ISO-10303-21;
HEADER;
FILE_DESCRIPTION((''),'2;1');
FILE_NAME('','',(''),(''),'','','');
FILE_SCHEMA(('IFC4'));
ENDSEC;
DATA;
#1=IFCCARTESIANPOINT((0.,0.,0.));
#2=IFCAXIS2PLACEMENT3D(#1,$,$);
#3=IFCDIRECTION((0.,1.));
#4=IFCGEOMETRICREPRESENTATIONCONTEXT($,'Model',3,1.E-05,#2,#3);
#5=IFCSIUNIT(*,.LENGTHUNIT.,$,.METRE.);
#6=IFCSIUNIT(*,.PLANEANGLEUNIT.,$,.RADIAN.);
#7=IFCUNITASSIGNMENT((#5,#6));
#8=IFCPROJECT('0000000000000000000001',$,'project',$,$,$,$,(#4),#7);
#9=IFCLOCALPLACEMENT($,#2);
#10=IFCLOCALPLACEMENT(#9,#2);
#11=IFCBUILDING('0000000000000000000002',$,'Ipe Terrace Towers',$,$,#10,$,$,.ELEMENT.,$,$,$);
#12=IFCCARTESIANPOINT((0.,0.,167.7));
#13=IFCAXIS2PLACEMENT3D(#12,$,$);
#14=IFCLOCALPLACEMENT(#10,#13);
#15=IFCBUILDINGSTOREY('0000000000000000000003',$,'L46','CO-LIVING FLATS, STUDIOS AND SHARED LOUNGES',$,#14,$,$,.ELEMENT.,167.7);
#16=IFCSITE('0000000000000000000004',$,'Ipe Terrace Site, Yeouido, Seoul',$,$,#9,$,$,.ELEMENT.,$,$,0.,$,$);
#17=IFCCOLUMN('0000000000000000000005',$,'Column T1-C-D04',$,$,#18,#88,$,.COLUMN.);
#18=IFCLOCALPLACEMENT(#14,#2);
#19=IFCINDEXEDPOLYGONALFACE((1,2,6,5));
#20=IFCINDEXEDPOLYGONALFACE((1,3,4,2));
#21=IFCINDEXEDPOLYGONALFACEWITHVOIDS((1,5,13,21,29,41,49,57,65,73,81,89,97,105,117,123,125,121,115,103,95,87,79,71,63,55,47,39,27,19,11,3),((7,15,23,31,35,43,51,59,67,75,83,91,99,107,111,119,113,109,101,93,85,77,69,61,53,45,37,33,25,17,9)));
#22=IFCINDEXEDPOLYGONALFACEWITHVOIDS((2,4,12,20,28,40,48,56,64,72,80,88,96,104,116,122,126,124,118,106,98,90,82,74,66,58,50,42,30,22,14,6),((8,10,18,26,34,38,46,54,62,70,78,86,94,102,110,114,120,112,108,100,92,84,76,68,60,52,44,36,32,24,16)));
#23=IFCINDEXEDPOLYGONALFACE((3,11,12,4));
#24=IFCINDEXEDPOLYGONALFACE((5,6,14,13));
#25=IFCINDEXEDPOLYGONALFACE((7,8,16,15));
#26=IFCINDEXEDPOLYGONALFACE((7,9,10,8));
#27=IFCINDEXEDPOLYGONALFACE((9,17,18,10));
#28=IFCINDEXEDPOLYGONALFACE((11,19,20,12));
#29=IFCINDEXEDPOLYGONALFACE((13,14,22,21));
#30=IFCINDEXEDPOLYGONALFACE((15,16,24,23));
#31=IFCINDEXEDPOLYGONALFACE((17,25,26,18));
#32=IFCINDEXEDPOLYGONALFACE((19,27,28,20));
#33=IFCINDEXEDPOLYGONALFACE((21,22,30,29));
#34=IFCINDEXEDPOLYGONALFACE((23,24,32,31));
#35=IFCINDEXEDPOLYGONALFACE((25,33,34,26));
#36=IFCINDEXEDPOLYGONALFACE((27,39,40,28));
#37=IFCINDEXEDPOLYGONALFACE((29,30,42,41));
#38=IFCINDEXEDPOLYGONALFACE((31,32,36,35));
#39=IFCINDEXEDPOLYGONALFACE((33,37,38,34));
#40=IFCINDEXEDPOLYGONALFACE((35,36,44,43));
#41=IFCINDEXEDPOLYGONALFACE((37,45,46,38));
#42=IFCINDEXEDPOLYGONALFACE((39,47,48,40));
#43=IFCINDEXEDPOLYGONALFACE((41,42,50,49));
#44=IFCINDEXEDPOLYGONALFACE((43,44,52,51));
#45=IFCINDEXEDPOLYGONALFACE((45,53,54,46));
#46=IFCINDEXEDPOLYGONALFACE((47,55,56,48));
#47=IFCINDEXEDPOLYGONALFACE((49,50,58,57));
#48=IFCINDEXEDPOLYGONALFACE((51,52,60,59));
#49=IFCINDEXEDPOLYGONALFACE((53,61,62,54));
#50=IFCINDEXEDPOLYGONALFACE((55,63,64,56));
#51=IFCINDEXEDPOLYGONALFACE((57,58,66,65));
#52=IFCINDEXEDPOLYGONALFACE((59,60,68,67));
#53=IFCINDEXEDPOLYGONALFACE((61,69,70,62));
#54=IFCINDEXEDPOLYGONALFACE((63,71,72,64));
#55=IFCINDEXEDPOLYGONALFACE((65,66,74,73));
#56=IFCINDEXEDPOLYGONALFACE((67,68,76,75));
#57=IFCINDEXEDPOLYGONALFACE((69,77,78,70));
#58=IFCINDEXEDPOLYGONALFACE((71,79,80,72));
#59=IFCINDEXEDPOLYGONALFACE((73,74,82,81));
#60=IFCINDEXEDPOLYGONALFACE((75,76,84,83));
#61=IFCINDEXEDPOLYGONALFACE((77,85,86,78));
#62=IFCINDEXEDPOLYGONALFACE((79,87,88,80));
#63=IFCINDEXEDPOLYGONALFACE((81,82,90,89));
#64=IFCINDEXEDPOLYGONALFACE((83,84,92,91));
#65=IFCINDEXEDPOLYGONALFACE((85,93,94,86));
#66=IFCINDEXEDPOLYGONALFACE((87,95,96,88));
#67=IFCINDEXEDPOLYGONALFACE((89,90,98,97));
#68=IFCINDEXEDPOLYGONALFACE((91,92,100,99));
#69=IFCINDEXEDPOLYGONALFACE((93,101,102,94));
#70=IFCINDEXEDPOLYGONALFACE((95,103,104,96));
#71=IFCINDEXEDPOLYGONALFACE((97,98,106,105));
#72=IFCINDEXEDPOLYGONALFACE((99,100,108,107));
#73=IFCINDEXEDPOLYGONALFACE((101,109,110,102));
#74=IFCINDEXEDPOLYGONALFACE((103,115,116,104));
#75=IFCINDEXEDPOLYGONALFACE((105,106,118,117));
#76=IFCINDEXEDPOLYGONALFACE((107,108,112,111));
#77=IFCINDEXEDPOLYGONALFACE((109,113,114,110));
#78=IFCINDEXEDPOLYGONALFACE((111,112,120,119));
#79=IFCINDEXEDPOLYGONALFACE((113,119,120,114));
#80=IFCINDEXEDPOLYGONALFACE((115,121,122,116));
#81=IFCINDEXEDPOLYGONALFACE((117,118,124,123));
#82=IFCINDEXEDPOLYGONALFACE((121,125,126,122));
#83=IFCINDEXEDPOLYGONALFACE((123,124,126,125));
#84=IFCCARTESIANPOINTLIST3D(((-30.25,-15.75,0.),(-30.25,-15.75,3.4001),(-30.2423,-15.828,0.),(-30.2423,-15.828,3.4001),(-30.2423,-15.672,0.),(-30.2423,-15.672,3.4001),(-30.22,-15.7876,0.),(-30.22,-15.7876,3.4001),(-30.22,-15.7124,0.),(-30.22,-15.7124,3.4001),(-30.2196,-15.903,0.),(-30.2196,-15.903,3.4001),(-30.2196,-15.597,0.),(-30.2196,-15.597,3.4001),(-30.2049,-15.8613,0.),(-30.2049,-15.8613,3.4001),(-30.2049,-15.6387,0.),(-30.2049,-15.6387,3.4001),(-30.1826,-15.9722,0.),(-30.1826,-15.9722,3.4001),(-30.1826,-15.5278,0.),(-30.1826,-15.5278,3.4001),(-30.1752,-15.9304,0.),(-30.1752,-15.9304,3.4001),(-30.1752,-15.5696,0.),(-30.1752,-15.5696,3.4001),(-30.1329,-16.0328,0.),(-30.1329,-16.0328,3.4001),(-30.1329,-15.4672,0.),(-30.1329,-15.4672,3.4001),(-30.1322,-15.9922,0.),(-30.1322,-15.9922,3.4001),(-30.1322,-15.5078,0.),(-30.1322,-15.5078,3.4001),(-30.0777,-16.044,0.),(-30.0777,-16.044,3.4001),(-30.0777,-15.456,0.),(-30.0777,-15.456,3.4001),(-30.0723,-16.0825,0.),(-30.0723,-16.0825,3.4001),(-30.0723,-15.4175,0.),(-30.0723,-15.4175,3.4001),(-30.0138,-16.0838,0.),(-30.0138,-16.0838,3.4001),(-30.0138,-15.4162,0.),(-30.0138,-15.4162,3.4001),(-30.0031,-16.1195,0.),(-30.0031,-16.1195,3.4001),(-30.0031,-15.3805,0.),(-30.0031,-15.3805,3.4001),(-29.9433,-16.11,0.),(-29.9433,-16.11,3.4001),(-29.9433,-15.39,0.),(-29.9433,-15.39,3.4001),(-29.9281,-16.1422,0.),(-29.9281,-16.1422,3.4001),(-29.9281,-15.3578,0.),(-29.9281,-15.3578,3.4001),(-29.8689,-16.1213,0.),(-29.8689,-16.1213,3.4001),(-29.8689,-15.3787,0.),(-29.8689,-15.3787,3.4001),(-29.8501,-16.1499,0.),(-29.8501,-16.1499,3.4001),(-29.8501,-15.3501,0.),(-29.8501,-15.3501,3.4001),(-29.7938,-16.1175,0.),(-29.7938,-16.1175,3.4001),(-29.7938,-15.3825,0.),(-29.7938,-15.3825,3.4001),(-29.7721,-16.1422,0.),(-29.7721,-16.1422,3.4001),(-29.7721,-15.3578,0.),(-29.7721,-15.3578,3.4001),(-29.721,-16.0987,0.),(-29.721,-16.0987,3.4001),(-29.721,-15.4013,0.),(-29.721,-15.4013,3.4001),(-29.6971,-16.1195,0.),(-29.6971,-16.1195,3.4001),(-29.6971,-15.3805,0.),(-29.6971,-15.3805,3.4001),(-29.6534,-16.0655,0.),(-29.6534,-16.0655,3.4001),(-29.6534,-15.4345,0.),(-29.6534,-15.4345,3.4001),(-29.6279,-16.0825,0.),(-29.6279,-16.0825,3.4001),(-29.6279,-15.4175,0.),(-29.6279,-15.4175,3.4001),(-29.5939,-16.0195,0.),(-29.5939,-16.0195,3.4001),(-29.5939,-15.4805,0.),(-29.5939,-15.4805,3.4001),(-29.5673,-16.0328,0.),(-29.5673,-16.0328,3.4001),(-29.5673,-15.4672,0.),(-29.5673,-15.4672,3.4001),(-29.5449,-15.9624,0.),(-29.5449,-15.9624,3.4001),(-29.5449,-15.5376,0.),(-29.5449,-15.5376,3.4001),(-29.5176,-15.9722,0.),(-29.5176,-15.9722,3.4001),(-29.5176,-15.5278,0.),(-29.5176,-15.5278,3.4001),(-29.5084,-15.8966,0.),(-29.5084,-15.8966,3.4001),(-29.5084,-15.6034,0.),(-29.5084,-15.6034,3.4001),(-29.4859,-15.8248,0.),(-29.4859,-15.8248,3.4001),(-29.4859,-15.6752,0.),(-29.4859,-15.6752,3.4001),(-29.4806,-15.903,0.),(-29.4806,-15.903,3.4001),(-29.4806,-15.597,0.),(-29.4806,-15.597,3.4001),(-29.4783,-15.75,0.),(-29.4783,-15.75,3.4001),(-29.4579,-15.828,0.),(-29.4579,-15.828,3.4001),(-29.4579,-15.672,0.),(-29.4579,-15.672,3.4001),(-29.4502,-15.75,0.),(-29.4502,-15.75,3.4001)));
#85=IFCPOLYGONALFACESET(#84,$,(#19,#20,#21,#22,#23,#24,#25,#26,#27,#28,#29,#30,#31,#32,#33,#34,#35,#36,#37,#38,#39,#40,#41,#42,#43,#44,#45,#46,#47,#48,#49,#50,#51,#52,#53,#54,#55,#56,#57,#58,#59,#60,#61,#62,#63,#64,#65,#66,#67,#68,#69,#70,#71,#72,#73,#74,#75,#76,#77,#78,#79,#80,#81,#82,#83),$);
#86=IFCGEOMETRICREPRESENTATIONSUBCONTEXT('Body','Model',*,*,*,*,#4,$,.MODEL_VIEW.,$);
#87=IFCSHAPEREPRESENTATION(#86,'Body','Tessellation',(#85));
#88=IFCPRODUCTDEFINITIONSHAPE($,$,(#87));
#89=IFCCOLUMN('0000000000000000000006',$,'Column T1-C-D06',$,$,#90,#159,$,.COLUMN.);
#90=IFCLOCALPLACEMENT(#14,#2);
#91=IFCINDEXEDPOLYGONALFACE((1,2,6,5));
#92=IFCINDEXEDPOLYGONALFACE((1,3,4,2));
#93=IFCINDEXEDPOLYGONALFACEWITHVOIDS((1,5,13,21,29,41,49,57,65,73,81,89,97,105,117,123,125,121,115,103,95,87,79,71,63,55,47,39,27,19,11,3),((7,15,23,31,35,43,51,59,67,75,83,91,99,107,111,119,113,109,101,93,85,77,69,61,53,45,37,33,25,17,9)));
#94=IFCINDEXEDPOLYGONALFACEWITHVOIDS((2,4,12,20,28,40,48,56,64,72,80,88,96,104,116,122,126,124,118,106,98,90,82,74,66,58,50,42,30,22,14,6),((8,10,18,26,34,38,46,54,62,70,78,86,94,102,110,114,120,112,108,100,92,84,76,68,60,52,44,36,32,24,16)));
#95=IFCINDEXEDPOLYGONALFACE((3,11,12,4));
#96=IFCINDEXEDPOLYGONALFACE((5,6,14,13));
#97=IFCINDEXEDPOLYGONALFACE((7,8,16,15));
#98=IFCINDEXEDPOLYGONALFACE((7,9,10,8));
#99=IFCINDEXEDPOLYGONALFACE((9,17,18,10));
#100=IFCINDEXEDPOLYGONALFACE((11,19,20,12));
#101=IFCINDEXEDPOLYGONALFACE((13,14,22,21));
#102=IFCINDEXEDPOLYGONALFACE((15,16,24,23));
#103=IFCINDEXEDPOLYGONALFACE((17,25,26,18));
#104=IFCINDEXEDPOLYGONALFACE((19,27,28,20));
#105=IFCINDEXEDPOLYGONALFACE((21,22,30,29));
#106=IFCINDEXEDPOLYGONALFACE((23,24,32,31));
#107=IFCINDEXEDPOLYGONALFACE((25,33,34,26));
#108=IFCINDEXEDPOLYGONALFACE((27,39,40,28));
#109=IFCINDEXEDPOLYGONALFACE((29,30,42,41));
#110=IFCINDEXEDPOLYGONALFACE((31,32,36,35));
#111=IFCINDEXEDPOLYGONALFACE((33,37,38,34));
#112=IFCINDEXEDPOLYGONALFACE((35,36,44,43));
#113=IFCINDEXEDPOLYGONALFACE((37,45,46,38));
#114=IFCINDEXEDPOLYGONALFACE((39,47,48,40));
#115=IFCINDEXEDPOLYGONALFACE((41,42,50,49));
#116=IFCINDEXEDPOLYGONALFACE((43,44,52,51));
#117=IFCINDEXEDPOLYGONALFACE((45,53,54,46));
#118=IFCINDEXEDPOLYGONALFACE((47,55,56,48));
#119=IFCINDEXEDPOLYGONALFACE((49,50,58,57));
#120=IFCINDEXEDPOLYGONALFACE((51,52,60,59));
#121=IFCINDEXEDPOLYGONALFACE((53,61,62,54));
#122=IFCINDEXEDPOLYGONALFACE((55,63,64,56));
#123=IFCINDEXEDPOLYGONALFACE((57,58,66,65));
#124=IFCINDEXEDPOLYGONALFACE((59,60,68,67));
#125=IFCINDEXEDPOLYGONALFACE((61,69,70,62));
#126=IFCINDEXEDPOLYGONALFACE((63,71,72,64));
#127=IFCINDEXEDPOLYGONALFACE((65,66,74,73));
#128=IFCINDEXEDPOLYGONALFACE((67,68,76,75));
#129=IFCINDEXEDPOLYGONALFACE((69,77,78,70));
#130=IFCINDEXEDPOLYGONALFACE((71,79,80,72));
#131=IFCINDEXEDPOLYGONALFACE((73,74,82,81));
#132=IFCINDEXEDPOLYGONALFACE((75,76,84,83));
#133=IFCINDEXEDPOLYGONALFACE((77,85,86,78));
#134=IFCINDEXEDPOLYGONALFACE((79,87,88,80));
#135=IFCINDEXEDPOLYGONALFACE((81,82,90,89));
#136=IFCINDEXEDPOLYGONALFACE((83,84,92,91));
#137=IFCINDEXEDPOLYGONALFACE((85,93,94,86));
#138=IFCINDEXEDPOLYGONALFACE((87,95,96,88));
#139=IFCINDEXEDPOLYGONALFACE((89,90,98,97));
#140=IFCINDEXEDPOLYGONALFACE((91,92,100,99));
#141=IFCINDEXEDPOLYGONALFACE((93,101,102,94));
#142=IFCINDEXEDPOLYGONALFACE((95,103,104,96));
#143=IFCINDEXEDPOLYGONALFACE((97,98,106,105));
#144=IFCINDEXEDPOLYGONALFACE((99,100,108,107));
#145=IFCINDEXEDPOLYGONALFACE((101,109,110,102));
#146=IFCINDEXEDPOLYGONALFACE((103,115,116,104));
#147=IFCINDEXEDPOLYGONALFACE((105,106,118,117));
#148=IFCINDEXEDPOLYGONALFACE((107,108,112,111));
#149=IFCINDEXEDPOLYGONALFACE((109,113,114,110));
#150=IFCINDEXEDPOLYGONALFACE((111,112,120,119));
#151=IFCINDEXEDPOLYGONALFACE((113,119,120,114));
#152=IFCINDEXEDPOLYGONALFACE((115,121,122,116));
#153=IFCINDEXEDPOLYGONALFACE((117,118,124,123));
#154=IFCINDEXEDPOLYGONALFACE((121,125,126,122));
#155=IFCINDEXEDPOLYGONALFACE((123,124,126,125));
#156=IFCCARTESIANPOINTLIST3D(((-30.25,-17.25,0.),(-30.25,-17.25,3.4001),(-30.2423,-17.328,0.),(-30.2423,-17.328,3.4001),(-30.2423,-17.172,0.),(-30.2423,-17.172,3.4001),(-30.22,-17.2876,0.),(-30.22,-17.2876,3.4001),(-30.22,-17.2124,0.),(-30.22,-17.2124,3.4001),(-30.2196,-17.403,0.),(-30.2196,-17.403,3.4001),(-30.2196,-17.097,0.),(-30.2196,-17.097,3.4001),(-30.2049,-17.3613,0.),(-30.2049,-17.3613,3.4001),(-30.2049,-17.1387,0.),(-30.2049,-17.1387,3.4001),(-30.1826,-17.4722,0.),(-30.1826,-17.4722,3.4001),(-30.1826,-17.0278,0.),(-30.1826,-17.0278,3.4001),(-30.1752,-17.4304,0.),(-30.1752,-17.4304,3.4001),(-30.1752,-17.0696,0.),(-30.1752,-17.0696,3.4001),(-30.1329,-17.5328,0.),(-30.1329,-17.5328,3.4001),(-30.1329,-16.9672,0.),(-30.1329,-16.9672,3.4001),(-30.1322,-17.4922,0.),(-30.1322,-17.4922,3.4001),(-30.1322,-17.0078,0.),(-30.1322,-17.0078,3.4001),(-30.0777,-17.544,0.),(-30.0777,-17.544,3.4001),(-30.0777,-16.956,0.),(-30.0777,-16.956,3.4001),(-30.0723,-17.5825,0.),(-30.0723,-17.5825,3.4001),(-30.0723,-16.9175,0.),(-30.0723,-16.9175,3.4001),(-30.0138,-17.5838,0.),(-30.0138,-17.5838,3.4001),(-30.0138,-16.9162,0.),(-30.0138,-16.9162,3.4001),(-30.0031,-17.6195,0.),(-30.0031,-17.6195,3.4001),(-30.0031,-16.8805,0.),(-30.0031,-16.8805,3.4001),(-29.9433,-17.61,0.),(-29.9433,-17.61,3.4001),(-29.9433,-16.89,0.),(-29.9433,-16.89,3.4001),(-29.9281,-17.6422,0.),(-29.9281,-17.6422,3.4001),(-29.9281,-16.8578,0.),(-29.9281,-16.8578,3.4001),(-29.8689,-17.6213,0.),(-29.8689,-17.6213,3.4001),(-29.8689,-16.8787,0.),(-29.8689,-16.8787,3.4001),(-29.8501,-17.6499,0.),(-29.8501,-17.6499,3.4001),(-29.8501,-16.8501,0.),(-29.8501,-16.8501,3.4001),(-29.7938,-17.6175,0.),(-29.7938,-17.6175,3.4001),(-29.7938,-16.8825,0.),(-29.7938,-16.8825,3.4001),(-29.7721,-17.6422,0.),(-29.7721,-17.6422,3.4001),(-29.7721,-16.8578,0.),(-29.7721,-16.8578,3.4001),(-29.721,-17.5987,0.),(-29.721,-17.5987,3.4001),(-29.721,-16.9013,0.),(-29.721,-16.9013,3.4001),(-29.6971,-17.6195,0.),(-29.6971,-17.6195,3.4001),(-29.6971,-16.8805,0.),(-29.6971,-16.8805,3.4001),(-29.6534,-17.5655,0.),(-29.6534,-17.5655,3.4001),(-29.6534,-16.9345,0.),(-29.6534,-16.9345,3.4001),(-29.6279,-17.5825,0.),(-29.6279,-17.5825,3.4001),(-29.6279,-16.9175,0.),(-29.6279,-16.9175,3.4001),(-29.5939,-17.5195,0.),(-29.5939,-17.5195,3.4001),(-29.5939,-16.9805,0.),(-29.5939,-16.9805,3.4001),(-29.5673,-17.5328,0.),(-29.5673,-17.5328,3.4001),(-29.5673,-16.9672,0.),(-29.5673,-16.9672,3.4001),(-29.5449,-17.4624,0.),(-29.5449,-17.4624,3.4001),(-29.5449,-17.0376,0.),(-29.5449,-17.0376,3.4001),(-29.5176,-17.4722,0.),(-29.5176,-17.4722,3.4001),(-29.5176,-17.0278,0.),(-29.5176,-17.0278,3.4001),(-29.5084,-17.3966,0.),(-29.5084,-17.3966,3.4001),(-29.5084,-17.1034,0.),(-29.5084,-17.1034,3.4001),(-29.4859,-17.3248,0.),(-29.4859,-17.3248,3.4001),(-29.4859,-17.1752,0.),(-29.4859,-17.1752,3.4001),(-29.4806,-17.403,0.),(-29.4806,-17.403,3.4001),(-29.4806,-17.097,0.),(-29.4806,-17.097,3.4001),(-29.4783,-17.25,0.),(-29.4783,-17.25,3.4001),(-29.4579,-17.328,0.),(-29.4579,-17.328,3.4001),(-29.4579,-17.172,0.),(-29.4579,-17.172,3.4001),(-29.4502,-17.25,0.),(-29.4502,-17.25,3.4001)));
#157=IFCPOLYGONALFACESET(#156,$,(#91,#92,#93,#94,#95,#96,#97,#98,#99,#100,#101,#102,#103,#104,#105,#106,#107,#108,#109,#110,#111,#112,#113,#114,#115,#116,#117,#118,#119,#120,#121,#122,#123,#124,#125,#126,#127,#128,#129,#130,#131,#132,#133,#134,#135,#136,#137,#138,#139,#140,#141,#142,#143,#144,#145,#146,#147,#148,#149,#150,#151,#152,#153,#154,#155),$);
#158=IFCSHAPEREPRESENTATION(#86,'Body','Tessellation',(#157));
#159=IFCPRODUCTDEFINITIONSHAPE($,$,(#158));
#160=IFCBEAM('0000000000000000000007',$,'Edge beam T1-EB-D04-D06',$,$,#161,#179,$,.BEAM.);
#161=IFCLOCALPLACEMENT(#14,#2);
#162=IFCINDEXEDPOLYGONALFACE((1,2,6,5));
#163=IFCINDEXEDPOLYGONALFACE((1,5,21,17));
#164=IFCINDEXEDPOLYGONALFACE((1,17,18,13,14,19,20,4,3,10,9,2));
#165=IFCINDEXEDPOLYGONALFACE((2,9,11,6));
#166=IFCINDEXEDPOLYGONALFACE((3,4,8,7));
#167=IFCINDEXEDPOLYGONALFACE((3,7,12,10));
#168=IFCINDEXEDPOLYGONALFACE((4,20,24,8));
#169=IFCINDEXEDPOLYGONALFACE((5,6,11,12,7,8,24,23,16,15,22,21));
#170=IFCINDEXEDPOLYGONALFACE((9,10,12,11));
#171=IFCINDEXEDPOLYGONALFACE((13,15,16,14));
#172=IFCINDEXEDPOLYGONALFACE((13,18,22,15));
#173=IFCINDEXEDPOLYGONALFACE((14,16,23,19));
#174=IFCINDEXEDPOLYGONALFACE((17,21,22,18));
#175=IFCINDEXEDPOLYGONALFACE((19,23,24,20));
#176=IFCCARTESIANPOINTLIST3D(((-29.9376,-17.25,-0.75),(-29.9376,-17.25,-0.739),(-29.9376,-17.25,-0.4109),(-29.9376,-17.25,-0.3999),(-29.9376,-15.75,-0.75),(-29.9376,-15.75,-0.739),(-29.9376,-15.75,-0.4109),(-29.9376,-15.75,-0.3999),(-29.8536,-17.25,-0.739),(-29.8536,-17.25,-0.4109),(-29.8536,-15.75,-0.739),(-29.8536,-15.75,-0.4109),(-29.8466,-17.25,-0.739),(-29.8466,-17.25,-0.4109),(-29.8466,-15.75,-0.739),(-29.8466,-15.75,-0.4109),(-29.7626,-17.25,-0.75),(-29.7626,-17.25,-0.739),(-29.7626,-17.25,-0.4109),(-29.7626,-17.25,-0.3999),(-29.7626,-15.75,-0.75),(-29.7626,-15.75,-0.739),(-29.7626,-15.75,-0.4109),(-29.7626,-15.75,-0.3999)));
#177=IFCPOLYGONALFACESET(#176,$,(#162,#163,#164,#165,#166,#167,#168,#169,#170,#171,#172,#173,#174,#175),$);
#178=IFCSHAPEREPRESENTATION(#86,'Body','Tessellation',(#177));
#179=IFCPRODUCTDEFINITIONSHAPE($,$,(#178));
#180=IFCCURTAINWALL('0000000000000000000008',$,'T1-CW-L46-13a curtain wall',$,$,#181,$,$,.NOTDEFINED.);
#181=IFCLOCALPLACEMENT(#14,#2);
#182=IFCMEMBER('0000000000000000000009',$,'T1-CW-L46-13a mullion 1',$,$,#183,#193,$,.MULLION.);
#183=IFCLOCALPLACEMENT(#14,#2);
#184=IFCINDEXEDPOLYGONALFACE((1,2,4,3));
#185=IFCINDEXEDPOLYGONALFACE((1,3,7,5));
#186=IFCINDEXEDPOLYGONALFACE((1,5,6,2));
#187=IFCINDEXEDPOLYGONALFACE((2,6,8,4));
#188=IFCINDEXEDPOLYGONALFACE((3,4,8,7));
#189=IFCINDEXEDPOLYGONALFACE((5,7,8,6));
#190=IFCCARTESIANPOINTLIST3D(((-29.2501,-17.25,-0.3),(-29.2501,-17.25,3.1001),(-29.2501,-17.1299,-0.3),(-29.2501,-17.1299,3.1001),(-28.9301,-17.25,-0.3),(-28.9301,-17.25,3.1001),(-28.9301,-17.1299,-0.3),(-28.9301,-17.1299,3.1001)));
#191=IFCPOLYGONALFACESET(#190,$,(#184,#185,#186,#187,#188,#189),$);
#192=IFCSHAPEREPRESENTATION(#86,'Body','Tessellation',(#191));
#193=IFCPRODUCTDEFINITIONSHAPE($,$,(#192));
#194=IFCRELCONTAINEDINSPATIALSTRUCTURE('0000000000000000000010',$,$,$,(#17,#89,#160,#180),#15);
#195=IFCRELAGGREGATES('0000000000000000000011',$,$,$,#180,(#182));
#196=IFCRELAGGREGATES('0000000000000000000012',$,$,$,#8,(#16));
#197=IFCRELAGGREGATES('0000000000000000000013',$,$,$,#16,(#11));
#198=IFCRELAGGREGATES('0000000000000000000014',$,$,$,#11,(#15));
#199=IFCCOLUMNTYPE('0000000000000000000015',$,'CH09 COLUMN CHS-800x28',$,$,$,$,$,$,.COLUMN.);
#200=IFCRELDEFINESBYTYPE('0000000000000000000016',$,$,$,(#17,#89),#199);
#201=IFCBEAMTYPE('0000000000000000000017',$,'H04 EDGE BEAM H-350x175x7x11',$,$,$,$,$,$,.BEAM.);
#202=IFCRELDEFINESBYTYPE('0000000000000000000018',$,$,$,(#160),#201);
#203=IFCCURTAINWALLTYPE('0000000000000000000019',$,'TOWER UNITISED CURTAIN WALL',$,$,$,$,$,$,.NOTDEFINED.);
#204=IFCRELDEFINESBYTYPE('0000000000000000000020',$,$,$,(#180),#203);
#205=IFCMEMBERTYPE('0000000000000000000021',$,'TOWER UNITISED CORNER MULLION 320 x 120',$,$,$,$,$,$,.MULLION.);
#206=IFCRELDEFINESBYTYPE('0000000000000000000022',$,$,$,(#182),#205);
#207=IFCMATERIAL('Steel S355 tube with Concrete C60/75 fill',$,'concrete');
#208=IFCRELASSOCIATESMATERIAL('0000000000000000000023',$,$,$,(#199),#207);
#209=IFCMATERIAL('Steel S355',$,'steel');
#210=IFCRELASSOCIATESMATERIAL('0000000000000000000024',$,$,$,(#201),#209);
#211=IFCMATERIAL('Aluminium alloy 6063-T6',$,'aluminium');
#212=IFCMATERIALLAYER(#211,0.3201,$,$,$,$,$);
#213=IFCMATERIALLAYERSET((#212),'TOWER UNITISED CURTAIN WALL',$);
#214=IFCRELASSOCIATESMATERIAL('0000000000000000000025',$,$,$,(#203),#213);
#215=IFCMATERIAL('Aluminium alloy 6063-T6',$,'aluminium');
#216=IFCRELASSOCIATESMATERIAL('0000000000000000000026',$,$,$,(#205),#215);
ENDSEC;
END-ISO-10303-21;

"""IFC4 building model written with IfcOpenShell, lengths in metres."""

from ifc_helpers import new_model, si_unit, direction, frame, origin, origin_2d, place, context, subcontext, project, spatial, rectangle, hollow_circle, i_section, extrude, material, layer, layer_set, material_profile, profile_set, type_object, element, aggregate, save


model = new_model("IFC4")

# Units and contexts
model_context = context("Model", 3, precision=1e-05, world=origin(), true_north=direction((0.0, 1.0)))
body_context = subcontext(model_context, "Body", "Model", "MODEL_VIEW")
ifc_project = project(units=[si_unit("LENGTHUNIT", "METRE"), si_unit("PLANEANGLEUNIT", "RADIAN")], contexts=[model_context])

# Site, building, storey
site_placement = place(None, origin())
site = spatial("IfcSite", under=ifc_project, at=site_placement, Name="Ipe Terrace Site, Yeouido, Seoul", CompositionType="ELEMENT", RefElevation=0.0)
building_placement = place(site_placement, origin())
building = spatial("IfcBuilding", under=site, at=building_placement, Name="Ipe Terrace Towers", CompositionType="ELEMENT")
storey_placement = place(building_placement, frame((0.0, 0.0, 167.7)))
storey = spatial("IfcBuildingStorey", under=building, at=storey_placement, Name="L46", Description="CO-LIVING FLATS, STUDIOS AND SHARED LOUNGES", CompositionType="ELEMENT", Elevation=167.7)

# Columns
ifc_material_1 = material(Name="Steel S355 tube with Concrete C60/75 fill", Category="concrete")
ifc_material_profile_1 = material_profile(ifc_material_1, hollow_circle(Radius=0.3999, WallThickness=0.0281, at=origin_2d()), Name="CHS-800x28")
ifc_profile_set_1 = profile_set([ifc_material_profile_1], Name="Steel S355 tube with Concrete C60/75 fill")
column_type = type_object("IfcColumnType", Name="CH09 COLUMN CHS-800x28", PredefinedType="COLUMN", material=ifc_profile_set_1)
for number, where, z_axis, x_axis, name in (
    (1, (-29.8501, -15.75, 0.0), (0.0, 0.0, 1.0), (1.0, 0.0, 0.0), "Column T1-C-D04"),
    (2, (-29.8501, -17.25, 0.0), (0.0, 0.0, 1.0), (1.0, 0.0, 0.0), "Column T1-C-D06"),
):
    element("IfcColumn", number, at=place(storey_placement, frame(where, z_axis=z_axis, x_axis=x_axis)), inside=storey, type_object=column_type, Name=name, PredefinedType="COLUMN", context=body_context, shape_type="SweptSolid", body=[
        extrude(hollow_circle(Radius=0.3999, WallThickness=0.0281, at=origin_2d()), origin(), (0.0, 0.0, 1.0), 3.4001),
    ])

# Beam
ifc_material_2 = material(Name="Steel S355", Category="steel")
ifc_material_profile_2 = material_profile(ifc_material_2, i_section(OverallWidth=0.175, OverallDepth=0.3501, WebThickness=0.0071, FlangeThickness=0.011, at=origin_2d()), Name="H-350x175x7x11")
ifc_profile_set_2 = profile_set([ifc_material_profile_2], Name="Steel S355")
beam_type = type_object("IfcBeamType", Name="H04 EDGE BEAM H-350x175x7x11", PredefinedType="BEAM", material=ifc_profile_set_2)
beam_placement = place(storey_placement, frame((-29.8501, -15.75, -0.575), z_axis=(0.0, -1.0, 0.0), x_axis=(1.0, 0.0, 0.0)))
element("IfcBeam", 3, at=beam_placement, inside=storey, type_object=beam_type, Name="Edge beam T1-EB-D04-D06", PredefinedType="BEAM", context=body_context, shape_type="SweptSolid", body=[
    extrude(i_section(OverallWidth=0.175, OverallDepth=0.3501, WebThickness=0.0071, FlangeThickness=0.011, at=origin_2d()), origin(), (0.0, 0.0, 1.0), 1.5),
])

# Curtain wall, member
ifc_material_3 = material(Name="Aluminium alloy 6063-T6", Category="aluminium")
ifc_layer_1 = layer(ifc_material_3, 0.3201)
ifc_layer_set_1 = layer_set([ifc_layer_1], Name="TOWER UNITISED CURTAIN WALL")
curtain_wall_type = type_object("IfcCurtainWallType", Name="TOWER UNITISED CURTAIN WALL", PredefinedType="NOTDEFINED", material=ifc_layer_set_1)
curtain_wall_1_placement = place(storey_placement, origin())
curtain_wall_1 = element("IfcCurtainWall", 4, at=curtain_wall_1_placement, inside=storey, type_object=curtain_wall_type, Name="T1-CW-L46-13a curtain wall", PredefinedType="NOTDEFINED")
ifc_material_4 = material(Name="Aluminium alloy 6063-T6", Category="aluminium")
ifc_material_profile_3 = material_profile(ifc_material_4, rectangle(XDim=0.3201, YDim=0.1201, at=origin_2d()), Name="TOWER UNITISED CORNER MULLION 320 x 120")
ifc_profile_set_3 = profile_set([ifc_material_profile_3], Name="Aluminium alloy 6063-T6")
member_type = type_object("IfcMemberType", Name="TOWER UNITISED CORNER MULLION 320 x 120", PredefinedType="MULLION", material=ifc_profile_set_3)
member_1_placement = place(storey_placement, frame((-29.0901, -17.1899, -0.3), z_axis=(0.0, 0.0, 1.0), x_axis=(1.0, 0.0, 0.0)))
member_1 = element("IfcMember", 5, at=member_1_placement, type_object=member_type, Name="T1-CW-L46-13a mullion 1", PredefinedType="MULLION", context=body_context, shape_type="SweptSolid", body=[
    extrude(rectangle(XDim=0.3201, YDim=0.1201, at=origin_2d()), origin(), (0.0, 0.0, 1.0), 3.4001),
])

aggregate(curtain_wall_1, [member_1])

save(model, "model.ifc")
